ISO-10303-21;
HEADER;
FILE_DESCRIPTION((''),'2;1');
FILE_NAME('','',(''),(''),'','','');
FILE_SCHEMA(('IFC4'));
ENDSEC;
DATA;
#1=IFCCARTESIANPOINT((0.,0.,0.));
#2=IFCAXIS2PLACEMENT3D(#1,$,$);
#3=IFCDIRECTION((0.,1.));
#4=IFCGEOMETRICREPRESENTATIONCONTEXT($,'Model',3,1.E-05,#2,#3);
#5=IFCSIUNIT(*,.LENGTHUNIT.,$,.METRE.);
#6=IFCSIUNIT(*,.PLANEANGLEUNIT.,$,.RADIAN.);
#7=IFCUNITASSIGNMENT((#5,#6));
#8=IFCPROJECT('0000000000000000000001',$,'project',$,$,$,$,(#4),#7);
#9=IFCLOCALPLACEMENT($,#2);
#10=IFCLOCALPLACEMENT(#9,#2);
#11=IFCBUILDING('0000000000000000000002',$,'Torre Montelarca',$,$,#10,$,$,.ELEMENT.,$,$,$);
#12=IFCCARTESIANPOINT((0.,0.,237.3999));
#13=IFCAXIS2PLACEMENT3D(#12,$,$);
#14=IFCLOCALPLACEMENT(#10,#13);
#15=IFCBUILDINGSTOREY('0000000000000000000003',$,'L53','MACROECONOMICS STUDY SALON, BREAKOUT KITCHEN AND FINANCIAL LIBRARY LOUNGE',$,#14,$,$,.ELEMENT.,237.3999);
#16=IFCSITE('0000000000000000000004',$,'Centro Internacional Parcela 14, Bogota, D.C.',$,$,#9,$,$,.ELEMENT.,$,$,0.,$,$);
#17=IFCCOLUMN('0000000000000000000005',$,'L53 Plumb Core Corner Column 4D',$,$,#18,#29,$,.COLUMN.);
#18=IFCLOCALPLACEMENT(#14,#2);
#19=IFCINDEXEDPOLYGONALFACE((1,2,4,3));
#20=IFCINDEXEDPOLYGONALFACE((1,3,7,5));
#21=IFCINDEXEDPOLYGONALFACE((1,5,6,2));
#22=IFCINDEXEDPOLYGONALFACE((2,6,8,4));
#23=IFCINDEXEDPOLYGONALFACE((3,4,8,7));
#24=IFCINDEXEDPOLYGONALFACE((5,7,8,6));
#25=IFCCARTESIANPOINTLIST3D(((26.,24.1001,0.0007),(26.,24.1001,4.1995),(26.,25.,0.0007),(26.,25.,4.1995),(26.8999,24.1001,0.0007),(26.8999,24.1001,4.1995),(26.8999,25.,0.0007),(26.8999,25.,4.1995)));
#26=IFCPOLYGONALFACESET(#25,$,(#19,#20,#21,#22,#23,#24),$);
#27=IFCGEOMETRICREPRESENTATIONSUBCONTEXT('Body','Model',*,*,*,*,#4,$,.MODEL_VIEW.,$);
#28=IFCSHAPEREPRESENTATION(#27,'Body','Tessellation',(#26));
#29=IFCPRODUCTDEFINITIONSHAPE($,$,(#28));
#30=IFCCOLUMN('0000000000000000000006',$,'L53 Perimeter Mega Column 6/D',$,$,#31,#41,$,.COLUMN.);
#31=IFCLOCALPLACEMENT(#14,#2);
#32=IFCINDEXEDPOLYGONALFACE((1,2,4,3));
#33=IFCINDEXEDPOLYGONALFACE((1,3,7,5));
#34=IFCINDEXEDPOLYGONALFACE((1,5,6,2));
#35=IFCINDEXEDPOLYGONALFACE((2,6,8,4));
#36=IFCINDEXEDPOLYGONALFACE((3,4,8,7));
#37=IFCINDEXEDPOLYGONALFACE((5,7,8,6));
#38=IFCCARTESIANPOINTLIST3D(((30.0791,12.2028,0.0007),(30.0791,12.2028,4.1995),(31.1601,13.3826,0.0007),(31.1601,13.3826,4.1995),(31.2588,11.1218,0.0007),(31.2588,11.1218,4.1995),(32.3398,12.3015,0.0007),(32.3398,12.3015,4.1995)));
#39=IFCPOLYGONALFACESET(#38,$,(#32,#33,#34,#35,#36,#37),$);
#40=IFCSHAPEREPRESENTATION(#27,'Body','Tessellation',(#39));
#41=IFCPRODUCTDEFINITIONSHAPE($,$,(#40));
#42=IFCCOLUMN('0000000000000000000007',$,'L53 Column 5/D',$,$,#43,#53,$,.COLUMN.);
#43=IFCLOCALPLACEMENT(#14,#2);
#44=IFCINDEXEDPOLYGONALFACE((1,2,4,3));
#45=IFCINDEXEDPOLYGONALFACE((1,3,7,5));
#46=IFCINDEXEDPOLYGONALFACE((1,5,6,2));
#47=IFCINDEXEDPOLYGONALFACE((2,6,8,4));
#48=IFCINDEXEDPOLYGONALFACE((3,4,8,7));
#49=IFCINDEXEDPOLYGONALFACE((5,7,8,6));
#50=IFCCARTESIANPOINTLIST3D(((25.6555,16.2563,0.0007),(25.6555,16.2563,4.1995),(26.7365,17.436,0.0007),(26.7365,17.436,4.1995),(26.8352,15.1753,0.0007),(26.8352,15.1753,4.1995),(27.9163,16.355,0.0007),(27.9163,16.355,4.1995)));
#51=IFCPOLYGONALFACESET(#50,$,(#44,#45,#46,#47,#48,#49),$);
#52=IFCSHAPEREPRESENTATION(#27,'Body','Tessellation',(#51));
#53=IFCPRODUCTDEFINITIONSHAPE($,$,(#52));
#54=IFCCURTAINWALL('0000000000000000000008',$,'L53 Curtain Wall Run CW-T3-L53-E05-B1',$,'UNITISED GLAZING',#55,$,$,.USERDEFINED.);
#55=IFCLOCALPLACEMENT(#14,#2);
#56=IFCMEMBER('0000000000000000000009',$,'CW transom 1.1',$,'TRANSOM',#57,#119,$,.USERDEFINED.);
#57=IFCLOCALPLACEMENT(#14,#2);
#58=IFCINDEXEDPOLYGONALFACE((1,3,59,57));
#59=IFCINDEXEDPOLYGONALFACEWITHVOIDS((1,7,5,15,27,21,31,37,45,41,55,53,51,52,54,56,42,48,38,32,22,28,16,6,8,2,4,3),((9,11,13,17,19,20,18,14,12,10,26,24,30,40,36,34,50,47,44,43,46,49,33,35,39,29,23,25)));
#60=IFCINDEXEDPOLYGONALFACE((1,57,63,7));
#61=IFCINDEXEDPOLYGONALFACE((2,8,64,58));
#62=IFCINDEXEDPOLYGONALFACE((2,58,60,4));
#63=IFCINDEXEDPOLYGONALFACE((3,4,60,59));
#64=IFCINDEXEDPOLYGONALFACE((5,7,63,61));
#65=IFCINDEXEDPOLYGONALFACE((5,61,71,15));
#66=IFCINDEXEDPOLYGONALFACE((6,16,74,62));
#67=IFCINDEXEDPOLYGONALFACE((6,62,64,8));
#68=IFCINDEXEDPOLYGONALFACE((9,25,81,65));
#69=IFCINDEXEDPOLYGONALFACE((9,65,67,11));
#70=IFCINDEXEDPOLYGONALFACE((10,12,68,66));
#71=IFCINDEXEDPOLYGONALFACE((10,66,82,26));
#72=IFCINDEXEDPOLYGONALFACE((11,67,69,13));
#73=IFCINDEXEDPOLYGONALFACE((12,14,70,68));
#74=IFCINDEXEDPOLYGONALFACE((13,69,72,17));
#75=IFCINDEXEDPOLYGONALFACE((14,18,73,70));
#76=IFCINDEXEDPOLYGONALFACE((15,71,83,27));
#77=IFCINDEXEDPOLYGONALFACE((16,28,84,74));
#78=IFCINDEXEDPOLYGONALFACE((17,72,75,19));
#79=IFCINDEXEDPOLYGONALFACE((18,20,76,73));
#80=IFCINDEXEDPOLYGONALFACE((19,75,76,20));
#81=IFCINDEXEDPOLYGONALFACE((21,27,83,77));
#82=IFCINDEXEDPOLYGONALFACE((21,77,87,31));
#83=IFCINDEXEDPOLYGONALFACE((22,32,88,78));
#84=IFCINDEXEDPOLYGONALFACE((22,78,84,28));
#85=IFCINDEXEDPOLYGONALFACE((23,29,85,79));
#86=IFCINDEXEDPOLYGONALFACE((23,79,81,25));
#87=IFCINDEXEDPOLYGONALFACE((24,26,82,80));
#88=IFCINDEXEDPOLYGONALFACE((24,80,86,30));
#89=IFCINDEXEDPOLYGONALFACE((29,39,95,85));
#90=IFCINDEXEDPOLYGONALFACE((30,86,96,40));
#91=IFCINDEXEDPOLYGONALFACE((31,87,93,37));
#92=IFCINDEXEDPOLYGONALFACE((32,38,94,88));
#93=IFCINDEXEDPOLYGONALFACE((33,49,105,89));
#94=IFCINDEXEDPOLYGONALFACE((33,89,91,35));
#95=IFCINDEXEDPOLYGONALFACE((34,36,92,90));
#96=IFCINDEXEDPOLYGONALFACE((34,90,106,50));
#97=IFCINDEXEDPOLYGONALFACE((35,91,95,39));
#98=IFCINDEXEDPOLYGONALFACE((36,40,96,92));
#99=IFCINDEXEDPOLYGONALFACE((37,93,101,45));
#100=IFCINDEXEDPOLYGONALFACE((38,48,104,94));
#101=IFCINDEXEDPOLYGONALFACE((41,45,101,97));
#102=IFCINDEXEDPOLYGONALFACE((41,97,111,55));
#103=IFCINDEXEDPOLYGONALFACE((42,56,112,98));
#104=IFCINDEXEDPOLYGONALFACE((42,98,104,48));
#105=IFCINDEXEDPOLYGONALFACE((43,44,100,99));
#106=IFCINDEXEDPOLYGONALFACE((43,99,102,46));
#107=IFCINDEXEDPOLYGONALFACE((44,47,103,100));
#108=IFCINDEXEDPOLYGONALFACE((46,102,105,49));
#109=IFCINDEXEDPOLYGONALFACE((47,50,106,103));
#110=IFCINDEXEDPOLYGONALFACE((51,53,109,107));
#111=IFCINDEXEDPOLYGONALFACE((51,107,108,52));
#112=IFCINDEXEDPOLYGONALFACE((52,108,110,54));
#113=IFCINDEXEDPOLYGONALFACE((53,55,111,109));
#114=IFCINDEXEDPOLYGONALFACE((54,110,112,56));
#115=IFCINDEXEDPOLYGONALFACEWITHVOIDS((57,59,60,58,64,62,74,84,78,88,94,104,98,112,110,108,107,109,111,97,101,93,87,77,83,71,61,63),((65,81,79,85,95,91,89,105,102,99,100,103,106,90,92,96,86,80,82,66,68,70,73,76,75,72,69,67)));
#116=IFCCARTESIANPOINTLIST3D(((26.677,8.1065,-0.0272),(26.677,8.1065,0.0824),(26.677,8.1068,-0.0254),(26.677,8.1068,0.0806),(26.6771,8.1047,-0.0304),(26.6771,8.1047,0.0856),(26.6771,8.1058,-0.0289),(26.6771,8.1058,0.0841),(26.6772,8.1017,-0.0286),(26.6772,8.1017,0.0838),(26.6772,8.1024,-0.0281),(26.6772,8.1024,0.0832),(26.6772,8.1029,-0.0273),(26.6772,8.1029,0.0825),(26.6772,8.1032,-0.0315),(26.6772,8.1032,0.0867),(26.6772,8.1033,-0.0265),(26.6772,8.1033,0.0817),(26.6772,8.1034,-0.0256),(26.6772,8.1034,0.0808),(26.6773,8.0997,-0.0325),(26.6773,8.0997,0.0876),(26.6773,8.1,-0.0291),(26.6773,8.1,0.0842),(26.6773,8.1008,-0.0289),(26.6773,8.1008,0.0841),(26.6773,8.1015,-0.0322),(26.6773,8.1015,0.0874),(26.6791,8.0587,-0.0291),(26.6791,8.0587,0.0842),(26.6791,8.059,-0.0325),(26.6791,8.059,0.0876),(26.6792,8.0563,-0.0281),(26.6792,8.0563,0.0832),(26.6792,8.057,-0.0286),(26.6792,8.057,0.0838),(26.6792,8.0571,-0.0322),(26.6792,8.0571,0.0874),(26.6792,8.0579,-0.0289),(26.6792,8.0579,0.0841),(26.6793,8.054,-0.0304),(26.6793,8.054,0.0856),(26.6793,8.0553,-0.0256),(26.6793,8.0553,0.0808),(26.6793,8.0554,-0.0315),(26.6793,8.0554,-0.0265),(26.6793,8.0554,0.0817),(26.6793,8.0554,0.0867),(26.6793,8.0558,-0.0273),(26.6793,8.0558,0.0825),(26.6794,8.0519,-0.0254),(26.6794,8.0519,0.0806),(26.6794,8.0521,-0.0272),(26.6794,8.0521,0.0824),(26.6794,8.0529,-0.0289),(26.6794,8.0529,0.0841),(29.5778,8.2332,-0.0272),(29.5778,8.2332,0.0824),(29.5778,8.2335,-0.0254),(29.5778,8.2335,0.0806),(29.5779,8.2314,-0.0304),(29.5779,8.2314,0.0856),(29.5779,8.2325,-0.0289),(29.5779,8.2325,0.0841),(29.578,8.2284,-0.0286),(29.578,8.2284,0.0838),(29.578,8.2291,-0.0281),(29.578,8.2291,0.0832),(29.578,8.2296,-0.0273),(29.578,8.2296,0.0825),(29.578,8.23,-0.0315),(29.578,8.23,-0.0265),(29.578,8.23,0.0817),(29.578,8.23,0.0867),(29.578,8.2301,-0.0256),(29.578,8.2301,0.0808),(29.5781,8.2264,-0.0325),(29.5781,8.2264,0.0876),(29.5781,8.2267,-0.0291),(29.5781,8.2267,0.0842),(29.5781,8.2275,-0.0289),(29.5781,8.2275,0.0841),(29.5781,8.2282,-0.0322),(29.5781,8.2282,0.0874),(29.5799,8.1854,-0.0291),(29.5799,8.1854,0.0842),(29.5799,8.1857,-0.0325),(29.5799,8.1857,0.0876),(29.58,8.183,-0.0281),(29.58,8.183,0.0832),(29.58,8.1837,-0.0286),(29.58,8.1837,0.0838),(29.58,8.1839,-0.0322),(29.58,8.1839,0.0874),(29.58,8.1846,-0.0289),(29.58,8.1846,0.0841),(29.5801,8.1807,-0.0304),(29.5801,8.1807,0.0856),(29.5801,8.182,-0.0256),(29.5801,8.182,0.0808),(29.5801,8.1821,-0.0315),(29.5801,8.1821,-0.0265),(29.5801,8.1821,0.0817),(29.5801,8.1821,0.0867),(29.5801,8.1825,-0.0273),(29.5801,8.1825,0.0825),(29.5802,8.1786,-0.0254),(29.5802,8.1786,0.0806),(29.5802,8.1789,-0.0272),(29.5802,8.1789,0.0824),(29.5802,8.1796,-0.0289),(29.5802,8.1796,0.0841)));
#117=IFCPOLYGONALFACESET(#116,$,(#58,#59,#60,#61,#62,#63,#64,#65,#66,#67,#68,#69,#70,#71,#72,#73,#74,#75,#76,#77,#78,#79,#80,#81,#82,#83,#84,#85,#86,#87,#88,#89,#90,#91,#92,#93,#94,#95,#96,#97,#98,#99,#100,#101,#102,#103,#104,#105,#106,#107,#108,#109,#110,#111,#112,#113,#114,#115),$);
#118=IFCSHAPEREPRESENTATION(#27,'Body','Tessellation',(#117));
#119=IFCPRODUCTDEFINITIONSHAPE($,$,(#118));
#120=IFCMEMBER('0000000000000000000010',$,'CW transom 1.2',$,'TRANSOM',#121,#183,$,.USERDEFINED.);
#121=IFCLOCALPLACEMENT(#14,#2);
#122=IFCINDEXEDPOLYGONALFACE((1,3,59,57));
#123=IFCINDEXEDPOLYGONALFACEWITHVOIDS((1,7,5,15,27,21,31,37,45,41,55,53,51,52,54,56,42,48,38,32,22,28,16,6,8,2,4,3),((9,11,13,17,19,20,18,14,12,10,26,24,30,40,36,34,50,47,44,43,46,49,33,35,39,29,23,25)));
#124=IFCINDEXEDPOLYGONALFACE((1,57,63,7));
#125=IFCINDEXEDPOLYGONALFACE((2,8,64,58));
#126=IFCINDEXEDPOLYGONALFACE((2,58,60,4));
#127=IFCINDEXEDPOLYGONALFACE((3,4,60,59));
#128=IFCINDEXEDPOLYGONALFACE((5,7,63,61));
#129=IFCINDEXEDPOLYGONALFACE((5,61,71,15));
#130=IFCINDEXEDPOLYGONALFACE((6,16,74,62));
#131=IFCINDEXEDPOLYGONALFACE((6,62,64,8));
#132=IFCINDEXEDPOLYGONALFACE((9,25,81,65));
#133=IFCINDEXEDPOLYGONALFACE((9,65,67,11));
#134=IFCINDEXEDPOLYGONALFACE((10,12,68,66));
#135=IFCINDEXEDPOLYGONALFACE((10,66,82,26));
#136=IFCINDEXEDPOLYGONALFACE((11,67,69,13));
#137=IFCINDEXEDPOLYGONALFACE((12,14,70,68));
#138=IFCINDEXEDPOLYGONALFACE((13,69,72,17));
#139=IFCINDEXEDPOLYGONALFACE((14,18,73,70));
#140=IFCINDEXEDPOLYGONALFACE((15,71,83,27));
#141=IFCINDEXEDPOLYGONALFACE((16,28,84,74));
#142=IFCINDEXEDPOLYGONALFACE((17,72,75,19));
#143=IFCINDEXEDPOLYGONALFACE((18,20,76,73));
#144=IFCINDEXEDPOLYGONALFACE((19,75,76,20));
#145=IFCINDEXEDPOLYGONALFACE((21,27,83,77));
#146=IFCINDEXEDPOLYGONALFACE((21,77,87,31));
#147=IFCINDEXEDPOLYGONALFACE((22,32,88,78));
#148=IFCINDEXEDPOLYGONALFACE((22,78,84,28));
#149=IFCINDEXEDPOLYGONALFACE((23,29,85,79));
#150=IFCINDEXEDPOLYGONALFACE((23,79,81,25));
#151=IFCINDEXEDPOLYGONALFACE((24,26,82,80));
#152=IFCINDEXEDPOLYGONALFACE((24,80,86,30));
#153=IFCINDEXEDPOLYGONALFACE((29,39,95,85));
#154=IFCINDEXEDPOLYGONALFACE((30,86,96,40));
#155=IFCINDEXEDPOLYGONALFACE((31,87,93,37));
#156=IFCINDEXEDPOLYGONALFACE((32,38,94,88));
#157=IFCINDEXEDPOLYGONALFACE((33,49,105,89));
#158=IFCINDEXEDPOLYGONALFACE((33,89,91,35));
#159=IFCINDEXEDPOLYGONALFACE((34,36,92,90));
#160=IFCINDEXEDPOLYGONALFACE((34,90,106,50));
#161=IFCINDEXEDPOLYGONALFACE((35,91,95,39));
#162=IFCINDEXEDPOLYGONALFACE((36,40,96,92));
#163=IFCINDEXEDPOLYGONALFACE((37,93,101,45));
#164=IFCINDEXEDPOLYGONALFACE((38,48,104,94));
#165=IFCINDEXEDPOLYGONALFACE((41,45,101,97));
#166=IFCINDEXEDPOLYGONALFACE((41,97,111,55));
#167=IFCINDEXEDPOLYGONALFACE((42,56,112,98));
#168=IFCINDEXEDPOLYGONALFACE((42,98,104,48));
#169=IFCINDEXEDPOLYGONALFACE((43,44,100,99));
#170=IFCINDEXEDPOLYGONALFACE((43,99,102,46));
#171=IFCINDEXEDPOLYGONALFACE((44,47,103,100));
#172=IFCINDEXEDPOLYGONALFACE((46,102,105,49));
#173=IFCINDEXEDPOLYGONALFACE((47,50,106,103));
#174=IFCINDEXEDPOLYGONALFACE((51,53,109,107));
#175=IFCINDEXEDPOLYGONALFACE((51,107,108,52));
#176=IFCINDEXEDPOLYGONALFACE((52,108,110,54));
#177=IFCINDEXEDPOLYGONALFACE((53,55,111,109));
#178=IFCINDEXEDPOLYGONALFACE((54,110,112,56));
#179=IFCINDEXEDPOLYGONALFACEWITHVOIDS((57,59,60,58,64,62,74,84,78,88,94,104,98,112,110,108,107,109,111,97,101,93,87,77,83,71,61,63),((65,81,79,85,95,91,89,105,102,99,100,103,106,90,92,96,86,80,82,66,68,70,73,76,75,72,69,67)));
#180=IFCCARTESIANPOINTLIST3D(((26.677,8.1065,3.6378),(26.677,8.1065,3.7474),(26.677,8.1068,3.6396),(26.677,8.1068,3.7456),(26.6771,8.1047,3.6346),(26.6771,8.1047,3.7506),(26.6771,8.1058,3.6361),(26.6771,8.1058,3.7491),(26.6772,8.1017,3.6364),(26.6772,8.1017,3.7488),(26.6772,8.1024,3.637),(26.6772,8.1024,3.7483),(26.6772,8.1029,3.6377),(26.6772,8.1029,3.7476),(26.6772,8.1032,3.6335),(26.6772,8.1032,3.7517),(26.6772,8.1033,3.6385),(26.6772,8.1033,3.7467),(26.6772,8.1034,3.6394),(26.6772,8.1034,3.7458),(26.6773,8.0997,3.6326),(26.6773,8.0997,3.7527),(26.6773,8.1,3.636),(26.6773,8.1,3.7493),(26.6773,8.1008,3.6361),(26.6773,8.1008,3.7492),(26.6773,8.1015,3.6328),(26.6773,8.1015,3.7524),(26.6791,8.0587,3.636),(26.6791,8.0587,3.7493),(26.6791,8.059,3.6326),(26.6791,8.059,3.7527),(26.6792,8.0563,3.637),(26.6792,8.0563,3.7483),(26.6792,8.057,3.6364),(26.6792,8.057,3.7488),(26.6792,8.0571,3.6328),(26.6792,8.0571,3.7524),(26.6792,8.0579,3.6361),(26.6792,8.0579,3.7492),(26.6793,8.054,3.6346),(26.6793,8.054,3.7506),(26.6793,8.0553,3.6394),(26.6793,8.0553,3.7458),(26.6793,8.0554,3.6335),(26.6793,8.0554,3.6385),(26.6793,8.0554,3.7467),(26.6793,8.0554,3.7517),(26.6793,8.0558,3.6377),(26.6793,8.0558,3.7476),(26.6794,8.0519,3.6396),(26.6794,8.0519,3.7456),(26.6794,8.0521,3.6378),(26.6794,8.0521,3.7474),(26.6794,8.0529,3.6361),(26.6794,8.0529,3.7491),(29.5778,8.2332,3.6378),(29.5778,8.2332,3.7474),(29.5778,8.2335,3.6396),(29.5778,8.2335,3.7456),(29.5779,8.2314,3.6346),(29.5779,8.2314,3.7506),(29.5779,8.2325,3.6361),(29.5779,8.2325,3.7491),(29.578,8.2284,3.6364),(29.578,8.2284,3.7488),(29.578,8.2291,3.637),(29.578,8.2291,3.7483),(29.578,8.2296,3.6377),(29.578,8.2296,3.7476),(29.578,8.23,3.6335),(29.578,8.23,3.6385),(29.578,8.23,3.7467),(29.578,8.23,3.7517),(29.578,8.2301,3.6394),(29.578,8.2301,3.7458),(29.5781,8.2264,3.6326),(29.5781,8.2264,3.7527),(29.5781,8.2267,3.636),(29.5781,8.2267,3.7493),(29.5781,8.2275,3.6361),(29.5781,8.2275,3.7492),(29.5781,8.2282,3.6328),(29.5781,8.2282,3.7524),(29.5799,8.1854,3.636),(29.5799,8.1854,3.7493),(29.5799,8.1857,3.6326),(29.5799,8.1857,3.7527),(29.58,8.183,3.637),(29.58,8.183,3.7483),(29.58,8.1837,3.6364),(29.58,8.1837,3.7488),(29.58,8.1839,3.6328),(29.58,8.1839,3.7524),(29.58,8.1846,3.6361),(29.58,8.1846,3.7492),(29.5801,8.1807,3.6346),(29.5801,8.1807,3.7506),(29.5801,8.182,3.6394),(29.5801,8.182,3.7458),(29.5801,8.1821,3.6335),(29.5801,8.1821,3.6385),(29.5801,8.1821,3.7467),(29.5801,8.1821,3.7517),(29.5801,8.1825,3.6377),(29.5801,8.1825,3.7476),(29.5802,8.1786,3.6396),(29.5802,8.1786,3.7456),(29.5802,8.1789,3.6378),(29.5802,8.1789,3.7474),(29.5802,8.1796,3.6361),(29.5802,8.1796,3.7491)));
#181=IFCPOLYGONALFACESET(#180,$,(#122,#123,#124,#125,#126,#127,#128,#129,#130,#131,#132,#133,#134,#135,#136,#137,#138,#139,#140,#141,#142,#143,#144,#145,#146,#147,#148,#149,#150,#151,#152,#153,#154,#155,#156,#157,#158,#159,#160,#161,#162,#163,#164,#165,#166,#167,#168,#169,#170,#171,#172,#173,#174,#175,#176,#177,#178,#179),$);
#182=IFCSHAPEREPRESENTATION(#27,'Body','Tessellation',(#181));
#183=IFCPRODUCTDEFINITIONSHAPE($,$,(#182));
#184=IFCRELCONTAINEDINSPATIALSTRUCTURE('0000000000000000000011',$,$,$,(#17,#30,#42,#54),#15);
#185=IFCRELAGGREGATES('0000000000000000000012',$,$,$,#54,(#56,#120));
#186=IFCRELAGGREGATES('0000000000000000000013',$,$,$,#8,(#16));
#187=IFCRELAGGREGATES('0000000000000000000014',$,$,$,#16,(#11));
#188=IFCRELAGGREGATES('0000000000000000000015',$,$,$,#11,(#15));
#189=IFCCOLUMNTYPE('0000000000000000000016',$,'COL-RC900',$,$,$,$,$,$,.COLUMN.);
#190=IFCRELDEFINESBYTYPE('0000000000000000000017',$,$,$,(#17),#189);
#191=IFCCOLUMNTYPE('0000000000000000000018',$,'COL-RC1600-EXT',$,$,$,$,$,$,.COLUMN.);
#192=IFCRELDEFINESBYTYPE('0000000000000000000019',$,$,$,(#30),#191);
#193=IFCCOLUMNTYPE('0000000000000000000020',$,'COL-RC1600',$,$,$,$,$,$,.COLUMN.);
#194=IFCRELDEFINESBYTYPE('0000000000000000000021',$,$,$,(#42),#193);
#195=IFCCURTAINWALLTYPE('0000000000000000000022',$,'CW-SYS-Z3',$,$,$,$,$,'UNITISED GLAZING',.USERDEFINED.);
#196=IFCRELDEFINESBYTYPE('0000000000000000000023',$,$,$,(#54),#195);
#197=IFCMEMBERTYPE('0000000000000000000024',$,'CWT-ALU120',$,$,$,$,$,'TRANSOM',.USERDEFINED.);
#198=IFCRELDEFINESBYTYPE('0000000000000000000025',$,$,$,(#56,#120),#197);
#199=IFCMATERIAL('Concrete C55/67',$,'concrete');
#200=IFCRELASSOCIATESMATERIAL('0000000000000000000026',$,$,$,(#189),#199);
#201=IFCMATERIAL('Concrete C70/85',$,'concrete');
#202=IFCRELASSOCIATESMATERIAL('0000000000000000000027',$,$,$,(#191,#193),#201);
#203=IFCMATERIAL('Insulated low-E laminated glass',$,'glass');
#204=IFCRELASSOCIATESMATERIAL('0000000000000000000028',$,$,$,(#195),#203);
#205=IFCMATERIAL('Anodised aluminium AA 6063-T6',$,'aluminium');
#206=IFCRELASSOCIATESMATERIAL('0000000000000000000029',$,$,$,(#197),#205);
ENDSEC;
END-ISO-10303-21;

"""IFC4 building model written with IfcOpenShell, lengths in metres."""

from ifc_helpers import new_model, si_unit, direction, frame, origin, origin_2d, place, context, subcontext, project, spatial, rectangle, hollow_rectangle, extrude, source, transform, mapped, material, material_profile, profile_set, type_object, element, aggregate, save


model = new_model("IFC4")

# Units and contexts
model_context = context("Model", 3, precision=1e-05, world=origin(), true_north=direction((0.0, 1.0)))
body_context = subcontext(model_context, "Body", "Model", "MODEL_VIEW")
ifc_project = project(units=[si_unit("LENGTHUNIT", "METRE"), si_unit("PLANEANGLEUNIT", "RADIAN")], contexts=[model_context])

# Site, building, storey
site_placement = place(None, origin())
site = spatial("IfcSite", under=ifc_project, at=site_placement, Name="Centro Internacional Parcela 14, Bogota, D.C.", CompositionType="ELEMENT", RefElevation=0.0)
building_placement = place(site_placement, origin())
building = spatial("IfcBuilding", under=site, at=building_placement, Name="Torre Montelarca", CompositionType="ELEMENT")
storey_placement = place(building_placement, frame((0.0, 0.0, 237.3999)))
storey = spatial("IfcBuildingStorey", under=building, at=storey_placement, Name="L53", Description="MACROECONOMICS STUDY SALON, BREAKOUT KITCHEN AND FINANCIAL LIBRARY LOUNGE", CompositionType="ELEMENT", Elevation=237.3999)

# Columns
ifc_material_1 = material(Name="Concrete C55/67", Category="concrete")
ifc_material_profile_1 = material_profile(ifc_material_1, rectangle(XDim=0.8999, YDim=0.8999, at=origin_2d()), Name="RC900X900", Category="concrete")
ifc_profile_set_1 = profile_set([ifc_material_profile_1], Name="Concrete C55/67")
column_type_1 = type_object("IfcColumnType", Name="COL-RC900", PredefinedType="COLUMN", material=ifc_profile_set_1)
shared_shape_1 = source(origin(), body_context, "Body", "SweptSolid", [
    extrude(rectangle(XDim=0.8999, YDim=0.8999, at=origin_2d()), origin(), (0.0, 0.0, 1.0), 4.1987),
])
column_1_placement = place(storey_placement, frame((26.45, 24.55, 0.0007), z_axis=(0.0, 0.0, 1.0), x_axis=(1.0, 0.0, 0.0)))
element("IfcColumn", 1, at=column_1_placement, inside=storey, type_object=column_type_1, Name="L53 Plumb Core Corner Column 4D", PredefinedType="COLUMN", context=body_context, shape_type="MappedRepresentation", body=[
    mapped(shared_shape_1, transform((0.0, 0.0, 0.0), scale=1.0)),
])
ifc_material_2 = material(Name="Concrete C70/85", Category="concrete")
ifc_material_profile_2 = material_profile(ifc_material_2, rectangle(XDim=1.6001, YDim=1.6001, at=origin_2d()), Name="RC1600X1600", Category="concrete")
ifc_profile_set_2 = profile_set([ifc_material_profile_2], Name="Concrete C70/85")
column_type_2 = type_object("IfcColumnType", Name="COL-RC1600-EXT", PredefinedType="COLUMN", material=ifc_profile_set_2)
shared_shape_2 = source(origin(), body_context, "Body", "SweptSolid", [
    extrude(rectangle(XDim=1.6001, YDim=1.6001, at=origin_2d()), origin(), (0.0, 0.0, 1.0), 4.1987),
])
column_2_placement = place(storey_placement, frame((31.2095, 12.2522, 0.0007), z_axis=(0.0, 0.0, 1.0), x_axis=(-0.737277, 0.67559, 0.0)))
element("IfcColumn", 2, at=column_2_placement, inside=storey, type_object=column_type_2, Name="L53 Perimeter Mega Column 6/D", PredefinedType="COLUMN", context=body_context, shape_type="MappedRepresentation", body=[
    mapped(shared_shape_2, transform((0.0, 0.0, 0.0), scale=1.0)),
])
ifc_material_profile_3 = material_profile(ifc_material_2, rectangle(XDim=1.6001, YDim=1.6001, at=origin_2d()), Name="RC1600X1600", Category="concrete")
ifc_profile_set_3 = profile_set([ifc_material_profile_3], Name="Concrete C70/85")
column_type_3 = type_object("IfcColumnType", Name="COL-RC1600", PredefinedType="COLUMN", material=ifc_profile_set_3)
shared_shape_3 = source(origin(), body_context, "Body", "SweptSolid", [
    extrude(rectangle(XDim=1.6001, YDim=1.6001, at=origin_2d()), origin(), (0.0, 0.0, 1.0), 4.1987),
])
column_3_placement = place(storey_placement, frame((26.7859, 16.3057, 0.0007), z_axis=(0.0, 0.0, 1.0), x_axis=(-0.737277, 0.67559, 0.0)))
element("IfcColumn", 3, at=column_3_placement, inside=storey, type_object=column_type_3, Name="L53 Column 5/D", PredefinedType="COLUMN", context=body_context, shape_type="MappedRepresentation", body=[
    mapped(shared_shape_3, transform((0.0, 0.0, 0.0), scale=1.0)),
])

# Curtain wall, members
ifc_material_3 = material(Name="Insulated low-E laminated glass", Category="glass")
curtain_wall_type = type_object("IfcCurtainWallType", Name="CW-SYS-Z3", ElementType="UNITISED GLAZING", PredefinedType="USERDEFINED", material=ifc_material_3)
curtain_wall_1_placement = place(storey_placement, origin())
curtain_wall_1 = element("IfcCurtainWall", 4, at=curtain_wall_1_placement, inside=storey, type_object=curtain_wall_type, Name="L53 Curtain Wall Run CW-T3-L53-E05-B1", ObjectType="UNITISED GLAZING", PredefinedType="USERDEFINED")
ifc_material_4 = material(Name="Anodised aluminium AA 6063-T6", Category="aluminium")
ifc_material_profile_4 = material_profile(ifc_material_4, hollow_rectangle(XDim=0.0549, YDim=0.1201, WallThickness=0.0034, InnerFilletRadius=0.0034, OuterFilletRadius=0.0071, at=origin_2d()), Name="ALU55X120X3.5", Category="aluminium")
ifc_profile_set_4 = profile_set([ifc_material_profile_4], Name="Anodised aluminium AA 6063-T6")
member_type_1 = type_object("IfcMemberType", Name="CWT-ALU120", ElementType="TRANSOM", PredefinedType="USERDEFINED", material=ifc_profile_set_4)
shared_shape_4 = source(origin(), body_context, "Body", "SweptSolid", [
    extrude(hollow_rectangle(XDim=0.0549, YDim=0.1201, WallThickness=0.0034, InnerFilletRadius=0.0034, OuterFilletRadius=0.0071, at=origin_2d()), origin(), (0.0, 0.0, 1.0), 2.9036),
])
member_1_placement = place(storey_placement, frame((26.6782, 8.0793, 0.0276), z_axis=(0.999047, 0.043638, 0.0), x_axis=(-0.043638, 0.999047, 0.0)))
member_1 = element("IfcMember", 5, at=member_1_placement, type_object=member_type_1, Name="CW transom 1.1", ObjectType="TRANSOM", PredefinedType="USERDEFINED", context=body_context, shape_type="MappedRepresentation", body=[
    mapped(shared_shape_4, transform((0.0, 0.0, 0.0), scale=1.0)),
])
member_2_placement = place(storey_placement, frame((26.6782, 8.0793, 3.6926), z_axis=(0.999047, 0.043638, 0.0), x_axis=(-0.043638, 0.999047, 0.0)))
member_2 = element("IfcMember", 6, at=member_2_placement, type_object=member_type_1, Name="CW transom 1.2", ObjectType="TRANSOM", PredefinedType="USERDEFINED", context=body_context, shape_type="MappedRepresentation", body=[
    mapped(shared_shape_4, transform((0.0, 0.0, 0.0), scale=1.0)),
])

aggregate(curtain_wall_1, [member_1, member_2])

save(model, "model.ifc")
